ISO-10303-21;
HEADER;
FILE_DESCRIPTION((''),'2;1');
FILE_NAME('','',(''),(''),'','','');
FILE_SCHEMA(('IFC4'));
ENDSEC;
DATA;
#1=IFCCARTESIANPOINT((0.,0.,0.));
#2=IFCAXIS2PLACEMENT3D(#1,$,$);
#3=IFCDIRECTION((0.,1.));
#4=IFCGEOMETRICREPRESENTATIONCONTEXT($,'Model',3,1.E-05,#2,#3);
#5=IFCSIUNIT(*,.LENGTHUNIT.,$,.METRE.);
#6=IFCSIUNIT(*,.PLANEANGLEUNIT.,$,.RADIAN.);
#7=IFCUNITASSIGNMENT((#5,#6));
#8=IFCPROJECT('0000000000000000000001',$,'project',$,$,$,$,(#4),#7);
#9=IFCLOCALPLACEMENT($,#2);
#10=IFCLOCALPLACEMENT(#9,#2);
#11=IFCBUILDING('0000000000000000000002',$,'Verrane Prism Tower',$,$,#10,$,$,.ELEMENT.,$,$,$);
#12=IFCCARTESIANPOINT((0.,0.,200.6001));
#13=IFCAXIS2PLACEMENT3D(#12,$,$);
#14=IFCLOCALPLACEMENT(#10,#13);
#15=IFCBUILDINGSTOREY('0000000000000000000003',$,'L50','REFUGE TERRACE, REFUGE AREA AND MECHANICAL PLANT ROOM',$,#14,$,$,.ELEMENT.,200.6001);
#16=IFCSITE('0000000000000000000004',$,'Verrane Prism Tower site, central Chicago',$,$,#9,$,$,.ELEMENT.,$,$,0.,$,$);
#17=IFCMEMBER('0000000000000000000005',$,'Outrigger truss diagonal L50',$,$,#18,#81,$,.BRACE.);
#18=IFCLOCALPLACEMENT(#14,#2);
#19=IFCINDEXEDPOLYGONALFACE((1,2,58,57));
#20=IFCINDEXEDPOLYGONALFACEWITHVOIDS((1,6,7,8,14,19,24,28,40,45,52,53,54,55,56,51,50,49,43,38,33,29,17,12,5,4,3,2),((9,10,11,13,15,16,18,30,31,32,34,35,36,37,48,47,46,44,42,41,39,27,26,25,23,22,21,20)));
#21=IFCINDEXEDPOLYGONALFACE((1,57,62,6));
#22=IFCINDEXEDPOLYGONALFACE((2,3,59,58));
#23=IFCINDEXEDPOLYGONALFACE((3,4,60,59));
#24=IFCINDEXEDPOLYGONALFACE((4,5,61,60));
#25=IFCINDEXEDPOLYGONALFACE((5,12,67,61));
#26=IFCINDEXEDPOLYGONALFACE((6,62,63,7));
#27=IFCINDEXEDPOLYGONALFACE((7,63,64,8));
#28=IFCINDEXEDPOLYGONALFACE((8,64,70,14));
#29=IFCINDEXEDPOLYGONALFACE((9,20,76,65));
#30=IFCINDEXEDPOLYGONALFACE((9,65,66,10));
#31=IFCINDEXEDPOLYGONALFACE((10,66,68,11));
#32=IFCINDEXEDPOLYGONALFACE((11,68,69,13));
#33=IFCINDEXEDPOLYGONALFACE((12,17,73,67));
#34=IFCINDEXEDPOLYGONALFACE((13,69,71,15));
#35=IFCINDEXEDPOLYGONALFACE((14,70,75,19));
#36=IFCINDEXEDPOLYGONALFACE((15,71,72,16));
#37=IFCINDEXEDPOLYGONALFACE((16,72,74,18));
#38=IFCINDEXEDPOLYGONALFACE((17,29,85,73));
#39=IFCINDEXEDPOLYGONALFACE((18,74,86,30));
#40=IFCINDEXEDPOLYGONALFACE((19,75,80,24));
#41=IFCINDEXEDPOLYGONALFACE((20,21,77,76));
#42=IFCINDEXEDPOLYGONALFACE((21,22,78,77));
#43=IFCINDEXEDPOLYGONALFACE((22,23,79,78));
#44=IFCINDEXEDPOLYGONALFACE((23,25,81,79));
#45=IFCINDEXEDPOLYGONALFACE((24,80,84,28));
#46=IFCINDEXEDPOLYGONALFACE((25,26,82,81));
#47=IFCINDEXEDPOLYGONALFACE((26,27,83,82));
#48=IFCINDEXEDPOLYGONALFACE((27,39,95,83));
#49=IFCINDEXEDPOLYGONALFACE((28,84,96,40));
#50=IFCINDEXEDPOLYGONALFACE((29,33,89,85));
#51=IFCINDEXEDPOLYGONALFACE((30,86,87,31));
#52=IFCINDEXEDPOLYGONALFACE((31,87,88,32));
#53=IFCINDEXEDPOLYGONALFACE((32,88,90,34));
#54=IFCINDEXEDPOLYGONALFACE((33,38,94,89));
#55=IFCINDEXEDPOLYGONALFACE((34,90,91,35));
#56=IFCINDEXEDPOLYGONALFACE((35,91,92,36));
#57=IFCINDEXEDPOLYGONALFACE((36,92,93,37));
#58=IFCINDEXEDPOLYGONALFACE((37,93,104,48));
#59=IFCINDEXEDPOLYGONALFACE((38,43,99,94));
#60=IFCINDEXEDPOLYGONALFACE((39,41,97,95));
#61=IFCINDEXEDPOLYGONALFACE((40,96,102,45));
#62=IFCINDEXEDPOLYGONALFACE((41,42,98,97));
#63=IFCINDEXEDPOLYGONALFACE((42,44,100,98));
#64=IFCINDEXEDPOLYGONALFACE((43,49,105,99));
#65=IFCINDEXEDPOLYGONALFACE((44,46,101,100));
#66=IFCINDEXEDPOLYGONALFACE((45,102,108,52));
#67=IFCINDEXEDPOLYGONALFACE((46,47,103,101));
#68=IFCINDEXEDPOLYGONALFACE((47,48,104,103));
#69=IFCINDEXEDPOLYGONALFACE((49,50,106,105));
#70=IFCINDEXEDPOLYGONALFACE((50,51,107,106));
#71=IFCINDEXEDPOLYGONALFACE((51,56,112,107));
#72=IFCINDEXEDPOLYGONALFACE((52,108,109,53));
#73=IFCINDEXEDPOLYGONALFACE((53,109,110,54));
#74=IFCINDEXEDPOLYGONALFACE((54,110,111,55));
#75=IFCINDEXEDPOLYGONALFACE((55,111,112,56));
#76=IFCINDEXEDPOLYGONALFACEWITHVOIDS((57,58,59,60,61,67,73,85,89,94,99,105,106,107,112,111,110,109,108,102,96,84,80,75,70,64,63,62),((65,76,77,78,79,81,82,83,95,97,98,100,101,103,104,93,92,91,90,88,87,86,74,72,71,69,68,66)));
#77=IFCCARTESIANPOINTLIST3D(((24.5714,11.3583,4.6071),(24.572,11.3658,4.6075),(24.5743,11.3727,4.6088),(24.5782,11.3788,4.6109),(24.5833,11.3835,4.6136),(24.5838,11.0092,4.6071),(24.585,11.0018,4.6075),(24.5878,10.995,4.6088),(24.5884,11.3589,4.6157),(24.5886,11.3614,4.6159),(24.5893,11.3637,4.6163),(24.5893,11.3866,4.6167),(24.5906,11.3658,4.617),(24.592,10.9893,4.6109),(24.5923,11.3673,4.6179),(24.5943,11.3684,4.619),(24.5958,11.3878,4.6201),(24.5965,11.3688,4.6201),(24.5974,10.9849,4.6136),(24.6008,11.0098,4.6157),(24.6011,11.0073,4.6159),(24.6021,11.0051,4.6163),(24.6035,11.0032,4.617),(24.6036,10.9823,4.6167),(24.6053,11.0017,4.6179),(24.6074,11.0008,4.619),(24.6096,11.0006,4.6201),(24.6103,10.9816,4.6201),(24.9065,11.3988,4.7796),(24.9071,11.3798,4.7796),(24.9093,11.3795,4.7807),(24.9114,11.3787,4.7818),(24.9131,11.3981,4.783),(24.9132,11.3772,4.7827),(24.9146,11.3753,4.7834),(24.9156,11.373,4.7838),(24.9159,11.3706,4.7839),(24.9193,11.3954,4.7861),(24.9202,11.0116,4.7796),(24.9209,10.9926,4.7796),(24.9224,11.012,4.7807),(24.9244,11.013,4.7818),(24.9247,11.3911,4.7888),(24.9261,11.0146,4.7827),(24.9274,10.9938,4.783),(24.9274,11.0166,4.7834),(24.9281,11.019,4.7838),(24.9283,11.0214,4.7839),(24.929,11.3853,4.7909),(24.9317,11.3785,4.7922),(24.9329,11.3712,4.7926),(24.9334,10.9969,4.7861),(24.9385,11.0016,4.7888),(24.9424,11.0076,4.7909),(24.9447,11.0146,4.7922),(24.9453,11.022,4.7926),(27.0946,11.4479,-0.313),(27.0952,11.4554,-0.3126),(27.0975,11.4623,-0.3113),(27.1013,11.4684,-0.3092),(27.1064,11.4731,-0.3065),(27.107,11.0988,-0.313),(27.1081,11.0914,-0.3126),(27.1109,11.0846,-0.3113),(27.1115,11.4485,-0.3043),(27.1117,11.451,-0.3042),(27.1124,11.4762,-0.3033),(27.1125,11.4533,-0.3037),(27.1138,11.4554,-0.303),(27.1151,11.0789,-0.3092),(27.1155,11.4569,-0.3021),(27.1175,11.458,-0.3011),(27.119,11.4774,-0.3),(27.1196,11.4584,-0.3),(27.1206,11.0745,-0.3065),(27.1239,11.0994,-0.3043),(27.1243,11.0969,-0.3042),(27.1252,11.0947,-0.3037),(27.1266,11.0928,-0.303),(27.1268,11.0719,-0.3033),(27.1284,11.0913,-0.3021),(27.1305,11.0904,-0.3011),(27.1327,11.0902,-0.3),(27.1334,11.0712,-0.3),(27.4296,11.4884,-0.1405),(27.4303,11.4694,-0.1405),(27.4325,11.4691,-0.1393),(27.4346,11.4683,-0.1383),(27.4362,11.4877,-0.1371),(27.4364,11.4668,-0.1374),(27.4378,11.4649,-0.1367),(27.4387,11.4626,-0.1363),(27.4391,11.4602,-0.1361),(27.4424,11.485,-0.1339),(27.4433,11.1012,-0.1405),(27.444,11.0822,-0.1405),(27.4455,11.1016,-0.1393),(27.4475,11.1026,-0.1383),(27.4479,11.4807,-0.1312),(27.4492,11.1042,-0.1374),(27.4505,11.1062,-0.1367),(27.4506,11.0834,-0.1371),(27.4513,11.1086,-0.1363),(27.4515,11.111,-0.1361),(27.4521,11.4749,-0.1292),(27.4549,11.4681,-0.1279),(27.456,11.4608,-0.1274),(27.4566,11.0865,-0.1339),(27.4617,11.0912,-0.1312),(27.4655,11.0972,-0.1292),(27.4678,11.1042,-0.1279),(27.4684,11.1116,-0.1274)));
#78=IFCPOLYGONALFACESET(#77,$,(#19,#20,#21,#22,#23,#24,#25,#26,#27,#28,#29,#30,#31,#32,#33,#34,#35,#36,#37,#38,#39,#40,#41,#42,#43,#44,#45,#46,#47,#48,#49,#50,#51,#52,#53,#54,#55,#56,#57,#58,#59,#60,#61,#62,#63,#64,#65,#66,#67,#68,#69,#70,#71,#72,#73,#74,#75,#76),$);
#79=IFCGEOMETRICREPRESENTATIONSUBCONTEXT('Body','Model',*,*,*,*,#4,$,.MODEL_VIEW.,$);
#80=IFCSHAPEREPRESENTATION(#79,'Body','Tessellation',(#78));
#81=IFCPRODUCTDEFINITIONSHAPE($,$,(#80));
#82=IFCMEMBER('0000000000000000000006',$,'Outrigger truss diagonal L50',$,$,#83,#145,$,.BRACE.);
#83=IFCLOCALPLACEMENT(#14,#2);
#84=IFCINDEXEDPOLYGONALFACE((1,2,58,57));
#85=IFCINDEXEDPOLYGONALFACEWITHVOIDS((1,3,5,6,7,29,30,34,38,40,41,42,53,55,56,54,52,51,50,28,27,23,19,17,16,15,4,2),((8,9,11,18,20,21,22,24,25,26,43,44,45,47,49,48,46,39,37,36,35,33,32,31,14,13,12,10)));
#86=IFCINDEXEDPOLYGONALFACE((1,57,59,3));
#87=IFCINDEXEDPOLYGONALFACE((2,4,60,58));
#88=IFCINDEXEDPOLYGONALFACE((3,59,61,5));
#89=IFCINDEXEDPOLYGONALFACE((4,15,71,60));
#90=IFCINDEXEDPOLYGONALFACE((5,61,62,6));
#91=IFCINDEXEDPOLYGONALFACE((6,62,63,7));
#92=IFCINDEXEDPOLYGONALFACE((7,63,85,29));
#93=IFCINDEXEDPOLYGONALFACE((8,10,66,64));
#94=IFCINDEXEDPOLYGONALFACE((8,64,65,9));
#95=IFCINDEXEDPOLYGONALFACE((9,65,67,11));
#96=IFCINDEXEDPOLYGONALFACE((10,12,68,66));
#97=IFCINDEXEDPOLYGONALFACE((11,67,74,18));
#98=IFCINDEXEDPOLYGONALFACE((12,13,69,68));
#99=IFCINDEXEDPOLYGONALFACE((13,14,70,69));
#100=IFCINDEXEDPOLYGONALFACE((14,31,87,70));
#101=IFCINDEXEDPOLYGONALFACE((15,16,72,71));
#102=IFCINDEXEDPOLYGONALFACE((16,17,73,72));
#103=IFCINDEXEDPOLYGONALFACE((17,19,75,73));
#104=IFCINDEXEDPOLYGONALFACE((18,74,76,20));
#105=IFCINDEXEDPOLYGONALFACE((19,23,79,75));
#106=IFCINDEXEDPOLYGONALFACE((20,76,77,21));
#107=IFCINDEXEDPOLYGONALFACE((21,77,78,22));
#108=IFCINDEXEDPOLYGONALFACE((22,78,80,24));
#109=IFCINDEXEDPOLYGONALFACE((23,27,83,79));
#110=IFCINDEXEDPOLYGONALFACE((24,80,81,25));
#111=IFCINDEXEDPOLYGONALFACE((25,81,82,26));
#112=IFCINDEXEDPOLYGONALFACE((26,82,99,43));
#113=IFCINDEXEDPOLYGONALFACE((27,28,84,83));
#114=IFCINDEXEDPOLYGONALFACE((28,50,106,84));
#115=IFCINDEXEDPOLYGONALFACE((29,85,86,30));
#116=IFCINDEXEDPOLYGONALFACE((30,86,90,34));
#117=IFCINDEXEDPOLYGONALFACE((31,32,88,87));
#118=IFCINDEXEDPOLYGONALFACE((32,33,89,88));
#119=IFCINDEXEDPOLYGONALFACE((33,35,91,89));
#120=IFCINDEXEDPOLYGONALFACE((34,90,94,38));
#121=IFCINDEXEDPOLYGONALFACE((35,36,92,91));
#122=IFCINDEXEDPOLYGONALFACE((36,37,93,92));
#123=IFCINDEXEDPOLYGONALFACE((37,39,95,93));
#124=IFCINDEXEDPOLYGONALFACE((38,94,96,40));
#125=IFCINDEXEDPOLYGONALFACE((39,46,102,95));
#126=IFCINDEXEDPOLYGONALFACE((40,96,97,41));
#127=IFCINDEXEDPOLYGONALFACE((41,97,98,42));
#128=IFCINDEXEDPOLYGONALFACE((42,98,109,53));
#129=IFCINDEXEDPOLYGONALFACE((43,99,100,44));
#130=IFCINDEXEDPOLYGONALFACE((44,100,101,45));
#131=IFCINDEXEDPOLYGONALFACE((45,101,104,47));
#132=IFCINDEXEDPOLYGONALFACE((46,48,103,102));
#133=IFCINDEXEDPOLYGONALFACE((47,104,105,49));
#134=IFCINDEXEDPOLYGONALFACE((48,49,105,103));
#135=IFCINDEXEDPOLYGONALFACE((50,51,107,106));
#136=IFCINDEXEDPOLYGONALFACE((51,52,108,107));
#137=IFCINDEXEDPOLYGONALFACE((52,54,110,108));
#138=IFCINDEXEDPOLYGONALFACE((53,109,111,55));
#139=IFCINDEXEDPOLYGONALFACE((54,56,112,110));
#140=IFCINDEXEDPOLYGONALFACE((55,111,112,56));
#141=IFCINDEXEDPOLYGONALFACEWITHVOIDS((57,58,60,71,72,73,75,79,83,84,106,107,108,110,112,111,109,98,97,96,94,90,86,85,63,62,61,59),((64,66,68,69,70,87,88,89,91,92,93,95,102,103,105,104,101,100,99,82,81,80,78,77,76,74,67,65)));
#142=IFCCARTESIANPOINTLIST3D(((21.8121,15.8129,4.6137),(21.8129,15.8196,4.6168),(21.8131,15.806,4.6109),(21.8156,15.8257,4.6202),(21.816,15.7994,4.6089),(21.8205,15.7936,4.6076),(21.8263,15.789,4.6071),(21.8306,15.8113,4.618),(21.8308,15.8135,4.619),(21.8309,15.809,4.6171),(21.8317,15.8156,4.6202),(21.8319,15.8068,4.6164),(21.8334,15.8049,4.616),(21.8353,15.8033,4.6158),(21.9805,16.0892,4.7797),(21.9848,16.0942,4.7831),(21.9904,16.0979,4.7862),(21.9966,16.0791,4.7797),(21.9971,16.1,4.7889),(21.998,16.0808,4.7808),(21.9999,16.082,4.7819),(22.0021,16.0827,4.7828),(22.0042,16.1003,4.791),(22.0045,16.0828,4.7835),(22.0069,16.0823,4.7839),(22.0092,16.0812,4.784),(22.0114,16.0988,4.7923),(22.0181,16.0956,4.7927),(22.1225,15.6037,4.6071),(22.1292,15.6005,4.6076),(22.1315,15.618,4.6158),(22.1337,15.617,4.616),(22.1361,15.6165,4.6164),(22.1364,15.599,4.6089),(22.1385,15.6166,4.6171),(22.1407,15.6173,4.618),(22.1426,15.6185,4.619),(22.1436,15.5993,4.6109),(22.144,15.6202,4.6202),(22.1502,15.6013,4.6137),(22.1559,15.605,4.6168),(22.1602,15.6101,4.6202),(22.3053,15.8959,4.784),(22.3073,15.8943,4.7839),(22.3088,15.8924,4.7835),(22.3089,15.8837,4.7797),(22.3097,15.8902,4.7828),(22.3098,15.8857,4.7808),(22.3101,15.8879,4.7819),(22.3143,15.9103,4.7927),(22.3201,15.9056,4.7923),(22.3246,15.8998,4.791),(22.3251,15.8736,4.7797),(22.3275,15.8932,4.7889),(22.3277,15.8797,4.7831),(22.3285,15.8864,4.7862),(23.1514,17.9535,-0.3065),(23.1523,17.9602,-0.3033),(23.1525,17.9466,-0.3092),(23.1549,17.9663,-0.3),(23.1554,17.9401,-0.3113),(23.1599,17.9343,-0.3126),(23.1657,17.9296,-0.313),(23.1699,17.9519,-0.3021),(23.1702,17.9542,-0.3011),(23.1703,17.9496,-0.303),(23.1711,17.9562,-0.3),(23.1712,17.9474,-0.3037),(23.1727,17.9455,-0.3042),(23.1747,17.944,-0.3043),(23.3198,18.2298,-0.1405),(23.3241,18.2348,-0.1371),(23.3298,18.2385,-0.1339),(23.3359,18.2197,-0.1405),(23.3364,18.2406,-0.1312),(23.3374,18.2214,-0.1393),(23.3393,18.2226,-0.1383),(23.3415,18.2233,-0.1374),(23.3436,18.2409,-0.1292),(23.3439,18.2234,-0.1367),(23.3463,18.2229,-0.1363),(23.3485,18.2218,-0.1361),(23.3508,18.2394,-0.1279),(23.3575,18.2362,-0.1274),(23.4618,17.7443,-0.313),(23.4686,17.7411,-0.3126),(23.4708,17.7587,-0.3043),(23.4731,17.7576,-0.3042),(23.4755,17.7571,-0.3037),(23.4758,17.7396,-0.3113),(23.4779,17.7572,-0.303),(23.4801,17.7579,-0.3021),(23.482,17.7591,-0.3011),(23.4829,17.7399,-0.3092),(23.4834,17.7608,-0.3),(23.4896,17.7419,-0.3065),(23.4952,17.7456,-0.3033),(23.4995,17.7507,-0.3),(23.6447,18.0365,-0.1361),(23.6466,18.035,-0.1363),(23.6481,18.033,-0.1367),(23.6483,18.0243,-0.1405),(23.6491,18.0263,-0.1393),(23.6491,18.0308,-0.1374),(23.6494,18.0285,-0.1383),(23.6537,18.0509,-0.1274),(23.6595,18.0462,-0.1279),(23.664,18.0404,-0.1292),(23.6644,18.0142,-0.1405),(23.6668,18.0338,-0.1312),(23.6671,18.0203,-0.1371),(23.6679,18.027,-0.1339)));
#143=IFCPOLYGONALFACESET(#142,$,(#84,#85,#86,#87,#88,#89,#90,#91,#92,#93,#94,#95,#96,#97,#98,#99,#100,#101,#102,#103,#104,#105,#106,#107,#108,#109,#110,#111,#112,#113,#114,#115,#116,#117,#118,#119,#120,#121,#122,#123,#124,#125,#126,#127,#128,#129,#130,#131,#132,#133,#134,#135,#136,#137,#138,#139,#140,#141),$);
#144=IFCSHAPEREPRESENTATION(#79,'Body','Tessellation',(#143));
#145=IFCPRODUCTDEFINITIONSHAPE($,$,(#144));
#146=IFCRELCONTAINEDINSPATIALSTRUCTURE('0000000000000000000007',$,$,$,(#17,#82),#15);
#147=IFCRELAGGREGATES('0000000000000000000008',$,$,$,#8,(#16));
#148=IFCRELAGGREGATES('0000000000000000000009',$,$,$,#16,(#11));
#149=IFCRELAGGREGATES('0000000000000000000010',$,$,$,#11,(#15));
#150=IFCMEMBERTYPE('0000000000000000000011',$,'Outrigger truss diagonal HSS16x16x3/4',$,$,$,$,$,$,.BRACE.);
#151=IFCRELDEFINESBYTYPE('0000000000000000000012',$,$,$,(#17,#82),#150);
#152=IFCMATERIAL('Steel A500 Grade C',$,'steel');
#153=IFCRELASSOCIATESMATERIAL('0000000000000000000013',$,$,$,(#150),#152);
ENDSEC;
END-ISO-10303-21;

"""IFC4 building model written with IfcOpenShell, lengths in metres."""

from ifc_helpers import new_model, si_unit, direction, frame, origin, origin_2d, place, context, subcontext, project, spatial, hollow_rectangle, extrude, material, material_profile, profile_set, type_object, element, save


model = new_model("IFC4")

# Units and contexts
model_context = context("Model", 3, precision=1e-05, world=origin(), true_north=direction((0.0, 1.0)))
body_context = subcontext(model_context, "Body", "Model", "MODEL_VIEW")
ifc_project = project(units=[si_unit("LENGTHUNIT", "METRE"), si_unit("PLANEANGLEUNIT", "RADIAN")], contexts=[model_context])

# Site, building, storey
site_placement = place(None, origin())
site = spatial("IfcSite", under=ifc_project, at=site_placement, Name="Verrane Prism Tower site, central Chicago", CompositionType="ELEMENT", RefElevation=0.0)
building_placement = place(site_placement, origin())
building = spatial("IfcBuilding", under=site, at=building_placement, Name="Verrane Prism Tower", CompositionType="ELEMENT")
storey_placement = place(building_placement, frame((0.0, 0.0, 200.6001)))
storey = spatial("IfcBuildingStorey", under=building, at=storey_placement, Name="L50", Description="REFUGE TERRACE, REFUGE AREA AND MECHANICAL PLANT ROOM", CompositionType="ELEMENT", Elevation=200.6001)

# Members
ifc_material_1 = material(Name="Steel A500 Grade C", Category="steel")
ifc_material_profile_1 = material_profile(ifc_material_1, hollow_rectangle(XDim=0.4065, YDim=0.4065, WallThickness=0.019, InnerFilletRadius=0.0095, OuterFilletRadius=0.0286, at=origin_2d()), Name="HSS16x16x3/4")
ifc_profile_set_1 = profile_set([ifc_material_profile_1], Name="Steel A500 Grade C")
member_type_1 = type_object("IfcMemberType", Name="Outrigger truss diagonal HSS16x16x3/4", PredefinedType="BRACE", material=ifc_profile_set_1)
member_1_placement = place(storey_placement, frame((27.2815, 11.2798, -0.2202), z_axis=(-0.456261, -0.016202, 0.889698), x_axis=(0.035488, -0.99937, 0.0)))
element("IfcMember", 1, at=member_1_placement, inside=storey, type_object=member_type_1, Name="Outrigger truss diagonal L50", PredefinedType="BRACE", context=body_context, shape_type="SweptSolid", body=[
    extrude(hollow_rectangle(XDim=0.4065, YDim=0.4065, WallThickness=0.019, InnerFilletRadius=0.0095, OuterFilletRadius=0.0286, at=origin_2d()), origin(), (0.0, 0.0, 1.0), 5.53),
])
member_2_placement = place(storey_placement, frame((23.4097, 17.9902, -0.2202), z_axis=(-0.242185, -0.387072, 0.889675), x_axis=(0.847737, -0.530416, 0.0)))
element("IfcMember", 2, at=member_2_placement, inside=storey, type_object=member_type_1, Name="Outrigger truss diagonal L50", PredefinedType="BRACE", context=body_context, shape_type="SweptSolid", body=[
    extrude(hollow_rectangle(XDim=0.4065, YDim=0.4065, WallThickness=0.019, InnerFilletRadius=0.0095, OuterFilletRadius=0.0286, at=origin_2d()), origin(), (0.0, 0.0, 1.0), 5.5303),
])

save(model, "model.ifc")
